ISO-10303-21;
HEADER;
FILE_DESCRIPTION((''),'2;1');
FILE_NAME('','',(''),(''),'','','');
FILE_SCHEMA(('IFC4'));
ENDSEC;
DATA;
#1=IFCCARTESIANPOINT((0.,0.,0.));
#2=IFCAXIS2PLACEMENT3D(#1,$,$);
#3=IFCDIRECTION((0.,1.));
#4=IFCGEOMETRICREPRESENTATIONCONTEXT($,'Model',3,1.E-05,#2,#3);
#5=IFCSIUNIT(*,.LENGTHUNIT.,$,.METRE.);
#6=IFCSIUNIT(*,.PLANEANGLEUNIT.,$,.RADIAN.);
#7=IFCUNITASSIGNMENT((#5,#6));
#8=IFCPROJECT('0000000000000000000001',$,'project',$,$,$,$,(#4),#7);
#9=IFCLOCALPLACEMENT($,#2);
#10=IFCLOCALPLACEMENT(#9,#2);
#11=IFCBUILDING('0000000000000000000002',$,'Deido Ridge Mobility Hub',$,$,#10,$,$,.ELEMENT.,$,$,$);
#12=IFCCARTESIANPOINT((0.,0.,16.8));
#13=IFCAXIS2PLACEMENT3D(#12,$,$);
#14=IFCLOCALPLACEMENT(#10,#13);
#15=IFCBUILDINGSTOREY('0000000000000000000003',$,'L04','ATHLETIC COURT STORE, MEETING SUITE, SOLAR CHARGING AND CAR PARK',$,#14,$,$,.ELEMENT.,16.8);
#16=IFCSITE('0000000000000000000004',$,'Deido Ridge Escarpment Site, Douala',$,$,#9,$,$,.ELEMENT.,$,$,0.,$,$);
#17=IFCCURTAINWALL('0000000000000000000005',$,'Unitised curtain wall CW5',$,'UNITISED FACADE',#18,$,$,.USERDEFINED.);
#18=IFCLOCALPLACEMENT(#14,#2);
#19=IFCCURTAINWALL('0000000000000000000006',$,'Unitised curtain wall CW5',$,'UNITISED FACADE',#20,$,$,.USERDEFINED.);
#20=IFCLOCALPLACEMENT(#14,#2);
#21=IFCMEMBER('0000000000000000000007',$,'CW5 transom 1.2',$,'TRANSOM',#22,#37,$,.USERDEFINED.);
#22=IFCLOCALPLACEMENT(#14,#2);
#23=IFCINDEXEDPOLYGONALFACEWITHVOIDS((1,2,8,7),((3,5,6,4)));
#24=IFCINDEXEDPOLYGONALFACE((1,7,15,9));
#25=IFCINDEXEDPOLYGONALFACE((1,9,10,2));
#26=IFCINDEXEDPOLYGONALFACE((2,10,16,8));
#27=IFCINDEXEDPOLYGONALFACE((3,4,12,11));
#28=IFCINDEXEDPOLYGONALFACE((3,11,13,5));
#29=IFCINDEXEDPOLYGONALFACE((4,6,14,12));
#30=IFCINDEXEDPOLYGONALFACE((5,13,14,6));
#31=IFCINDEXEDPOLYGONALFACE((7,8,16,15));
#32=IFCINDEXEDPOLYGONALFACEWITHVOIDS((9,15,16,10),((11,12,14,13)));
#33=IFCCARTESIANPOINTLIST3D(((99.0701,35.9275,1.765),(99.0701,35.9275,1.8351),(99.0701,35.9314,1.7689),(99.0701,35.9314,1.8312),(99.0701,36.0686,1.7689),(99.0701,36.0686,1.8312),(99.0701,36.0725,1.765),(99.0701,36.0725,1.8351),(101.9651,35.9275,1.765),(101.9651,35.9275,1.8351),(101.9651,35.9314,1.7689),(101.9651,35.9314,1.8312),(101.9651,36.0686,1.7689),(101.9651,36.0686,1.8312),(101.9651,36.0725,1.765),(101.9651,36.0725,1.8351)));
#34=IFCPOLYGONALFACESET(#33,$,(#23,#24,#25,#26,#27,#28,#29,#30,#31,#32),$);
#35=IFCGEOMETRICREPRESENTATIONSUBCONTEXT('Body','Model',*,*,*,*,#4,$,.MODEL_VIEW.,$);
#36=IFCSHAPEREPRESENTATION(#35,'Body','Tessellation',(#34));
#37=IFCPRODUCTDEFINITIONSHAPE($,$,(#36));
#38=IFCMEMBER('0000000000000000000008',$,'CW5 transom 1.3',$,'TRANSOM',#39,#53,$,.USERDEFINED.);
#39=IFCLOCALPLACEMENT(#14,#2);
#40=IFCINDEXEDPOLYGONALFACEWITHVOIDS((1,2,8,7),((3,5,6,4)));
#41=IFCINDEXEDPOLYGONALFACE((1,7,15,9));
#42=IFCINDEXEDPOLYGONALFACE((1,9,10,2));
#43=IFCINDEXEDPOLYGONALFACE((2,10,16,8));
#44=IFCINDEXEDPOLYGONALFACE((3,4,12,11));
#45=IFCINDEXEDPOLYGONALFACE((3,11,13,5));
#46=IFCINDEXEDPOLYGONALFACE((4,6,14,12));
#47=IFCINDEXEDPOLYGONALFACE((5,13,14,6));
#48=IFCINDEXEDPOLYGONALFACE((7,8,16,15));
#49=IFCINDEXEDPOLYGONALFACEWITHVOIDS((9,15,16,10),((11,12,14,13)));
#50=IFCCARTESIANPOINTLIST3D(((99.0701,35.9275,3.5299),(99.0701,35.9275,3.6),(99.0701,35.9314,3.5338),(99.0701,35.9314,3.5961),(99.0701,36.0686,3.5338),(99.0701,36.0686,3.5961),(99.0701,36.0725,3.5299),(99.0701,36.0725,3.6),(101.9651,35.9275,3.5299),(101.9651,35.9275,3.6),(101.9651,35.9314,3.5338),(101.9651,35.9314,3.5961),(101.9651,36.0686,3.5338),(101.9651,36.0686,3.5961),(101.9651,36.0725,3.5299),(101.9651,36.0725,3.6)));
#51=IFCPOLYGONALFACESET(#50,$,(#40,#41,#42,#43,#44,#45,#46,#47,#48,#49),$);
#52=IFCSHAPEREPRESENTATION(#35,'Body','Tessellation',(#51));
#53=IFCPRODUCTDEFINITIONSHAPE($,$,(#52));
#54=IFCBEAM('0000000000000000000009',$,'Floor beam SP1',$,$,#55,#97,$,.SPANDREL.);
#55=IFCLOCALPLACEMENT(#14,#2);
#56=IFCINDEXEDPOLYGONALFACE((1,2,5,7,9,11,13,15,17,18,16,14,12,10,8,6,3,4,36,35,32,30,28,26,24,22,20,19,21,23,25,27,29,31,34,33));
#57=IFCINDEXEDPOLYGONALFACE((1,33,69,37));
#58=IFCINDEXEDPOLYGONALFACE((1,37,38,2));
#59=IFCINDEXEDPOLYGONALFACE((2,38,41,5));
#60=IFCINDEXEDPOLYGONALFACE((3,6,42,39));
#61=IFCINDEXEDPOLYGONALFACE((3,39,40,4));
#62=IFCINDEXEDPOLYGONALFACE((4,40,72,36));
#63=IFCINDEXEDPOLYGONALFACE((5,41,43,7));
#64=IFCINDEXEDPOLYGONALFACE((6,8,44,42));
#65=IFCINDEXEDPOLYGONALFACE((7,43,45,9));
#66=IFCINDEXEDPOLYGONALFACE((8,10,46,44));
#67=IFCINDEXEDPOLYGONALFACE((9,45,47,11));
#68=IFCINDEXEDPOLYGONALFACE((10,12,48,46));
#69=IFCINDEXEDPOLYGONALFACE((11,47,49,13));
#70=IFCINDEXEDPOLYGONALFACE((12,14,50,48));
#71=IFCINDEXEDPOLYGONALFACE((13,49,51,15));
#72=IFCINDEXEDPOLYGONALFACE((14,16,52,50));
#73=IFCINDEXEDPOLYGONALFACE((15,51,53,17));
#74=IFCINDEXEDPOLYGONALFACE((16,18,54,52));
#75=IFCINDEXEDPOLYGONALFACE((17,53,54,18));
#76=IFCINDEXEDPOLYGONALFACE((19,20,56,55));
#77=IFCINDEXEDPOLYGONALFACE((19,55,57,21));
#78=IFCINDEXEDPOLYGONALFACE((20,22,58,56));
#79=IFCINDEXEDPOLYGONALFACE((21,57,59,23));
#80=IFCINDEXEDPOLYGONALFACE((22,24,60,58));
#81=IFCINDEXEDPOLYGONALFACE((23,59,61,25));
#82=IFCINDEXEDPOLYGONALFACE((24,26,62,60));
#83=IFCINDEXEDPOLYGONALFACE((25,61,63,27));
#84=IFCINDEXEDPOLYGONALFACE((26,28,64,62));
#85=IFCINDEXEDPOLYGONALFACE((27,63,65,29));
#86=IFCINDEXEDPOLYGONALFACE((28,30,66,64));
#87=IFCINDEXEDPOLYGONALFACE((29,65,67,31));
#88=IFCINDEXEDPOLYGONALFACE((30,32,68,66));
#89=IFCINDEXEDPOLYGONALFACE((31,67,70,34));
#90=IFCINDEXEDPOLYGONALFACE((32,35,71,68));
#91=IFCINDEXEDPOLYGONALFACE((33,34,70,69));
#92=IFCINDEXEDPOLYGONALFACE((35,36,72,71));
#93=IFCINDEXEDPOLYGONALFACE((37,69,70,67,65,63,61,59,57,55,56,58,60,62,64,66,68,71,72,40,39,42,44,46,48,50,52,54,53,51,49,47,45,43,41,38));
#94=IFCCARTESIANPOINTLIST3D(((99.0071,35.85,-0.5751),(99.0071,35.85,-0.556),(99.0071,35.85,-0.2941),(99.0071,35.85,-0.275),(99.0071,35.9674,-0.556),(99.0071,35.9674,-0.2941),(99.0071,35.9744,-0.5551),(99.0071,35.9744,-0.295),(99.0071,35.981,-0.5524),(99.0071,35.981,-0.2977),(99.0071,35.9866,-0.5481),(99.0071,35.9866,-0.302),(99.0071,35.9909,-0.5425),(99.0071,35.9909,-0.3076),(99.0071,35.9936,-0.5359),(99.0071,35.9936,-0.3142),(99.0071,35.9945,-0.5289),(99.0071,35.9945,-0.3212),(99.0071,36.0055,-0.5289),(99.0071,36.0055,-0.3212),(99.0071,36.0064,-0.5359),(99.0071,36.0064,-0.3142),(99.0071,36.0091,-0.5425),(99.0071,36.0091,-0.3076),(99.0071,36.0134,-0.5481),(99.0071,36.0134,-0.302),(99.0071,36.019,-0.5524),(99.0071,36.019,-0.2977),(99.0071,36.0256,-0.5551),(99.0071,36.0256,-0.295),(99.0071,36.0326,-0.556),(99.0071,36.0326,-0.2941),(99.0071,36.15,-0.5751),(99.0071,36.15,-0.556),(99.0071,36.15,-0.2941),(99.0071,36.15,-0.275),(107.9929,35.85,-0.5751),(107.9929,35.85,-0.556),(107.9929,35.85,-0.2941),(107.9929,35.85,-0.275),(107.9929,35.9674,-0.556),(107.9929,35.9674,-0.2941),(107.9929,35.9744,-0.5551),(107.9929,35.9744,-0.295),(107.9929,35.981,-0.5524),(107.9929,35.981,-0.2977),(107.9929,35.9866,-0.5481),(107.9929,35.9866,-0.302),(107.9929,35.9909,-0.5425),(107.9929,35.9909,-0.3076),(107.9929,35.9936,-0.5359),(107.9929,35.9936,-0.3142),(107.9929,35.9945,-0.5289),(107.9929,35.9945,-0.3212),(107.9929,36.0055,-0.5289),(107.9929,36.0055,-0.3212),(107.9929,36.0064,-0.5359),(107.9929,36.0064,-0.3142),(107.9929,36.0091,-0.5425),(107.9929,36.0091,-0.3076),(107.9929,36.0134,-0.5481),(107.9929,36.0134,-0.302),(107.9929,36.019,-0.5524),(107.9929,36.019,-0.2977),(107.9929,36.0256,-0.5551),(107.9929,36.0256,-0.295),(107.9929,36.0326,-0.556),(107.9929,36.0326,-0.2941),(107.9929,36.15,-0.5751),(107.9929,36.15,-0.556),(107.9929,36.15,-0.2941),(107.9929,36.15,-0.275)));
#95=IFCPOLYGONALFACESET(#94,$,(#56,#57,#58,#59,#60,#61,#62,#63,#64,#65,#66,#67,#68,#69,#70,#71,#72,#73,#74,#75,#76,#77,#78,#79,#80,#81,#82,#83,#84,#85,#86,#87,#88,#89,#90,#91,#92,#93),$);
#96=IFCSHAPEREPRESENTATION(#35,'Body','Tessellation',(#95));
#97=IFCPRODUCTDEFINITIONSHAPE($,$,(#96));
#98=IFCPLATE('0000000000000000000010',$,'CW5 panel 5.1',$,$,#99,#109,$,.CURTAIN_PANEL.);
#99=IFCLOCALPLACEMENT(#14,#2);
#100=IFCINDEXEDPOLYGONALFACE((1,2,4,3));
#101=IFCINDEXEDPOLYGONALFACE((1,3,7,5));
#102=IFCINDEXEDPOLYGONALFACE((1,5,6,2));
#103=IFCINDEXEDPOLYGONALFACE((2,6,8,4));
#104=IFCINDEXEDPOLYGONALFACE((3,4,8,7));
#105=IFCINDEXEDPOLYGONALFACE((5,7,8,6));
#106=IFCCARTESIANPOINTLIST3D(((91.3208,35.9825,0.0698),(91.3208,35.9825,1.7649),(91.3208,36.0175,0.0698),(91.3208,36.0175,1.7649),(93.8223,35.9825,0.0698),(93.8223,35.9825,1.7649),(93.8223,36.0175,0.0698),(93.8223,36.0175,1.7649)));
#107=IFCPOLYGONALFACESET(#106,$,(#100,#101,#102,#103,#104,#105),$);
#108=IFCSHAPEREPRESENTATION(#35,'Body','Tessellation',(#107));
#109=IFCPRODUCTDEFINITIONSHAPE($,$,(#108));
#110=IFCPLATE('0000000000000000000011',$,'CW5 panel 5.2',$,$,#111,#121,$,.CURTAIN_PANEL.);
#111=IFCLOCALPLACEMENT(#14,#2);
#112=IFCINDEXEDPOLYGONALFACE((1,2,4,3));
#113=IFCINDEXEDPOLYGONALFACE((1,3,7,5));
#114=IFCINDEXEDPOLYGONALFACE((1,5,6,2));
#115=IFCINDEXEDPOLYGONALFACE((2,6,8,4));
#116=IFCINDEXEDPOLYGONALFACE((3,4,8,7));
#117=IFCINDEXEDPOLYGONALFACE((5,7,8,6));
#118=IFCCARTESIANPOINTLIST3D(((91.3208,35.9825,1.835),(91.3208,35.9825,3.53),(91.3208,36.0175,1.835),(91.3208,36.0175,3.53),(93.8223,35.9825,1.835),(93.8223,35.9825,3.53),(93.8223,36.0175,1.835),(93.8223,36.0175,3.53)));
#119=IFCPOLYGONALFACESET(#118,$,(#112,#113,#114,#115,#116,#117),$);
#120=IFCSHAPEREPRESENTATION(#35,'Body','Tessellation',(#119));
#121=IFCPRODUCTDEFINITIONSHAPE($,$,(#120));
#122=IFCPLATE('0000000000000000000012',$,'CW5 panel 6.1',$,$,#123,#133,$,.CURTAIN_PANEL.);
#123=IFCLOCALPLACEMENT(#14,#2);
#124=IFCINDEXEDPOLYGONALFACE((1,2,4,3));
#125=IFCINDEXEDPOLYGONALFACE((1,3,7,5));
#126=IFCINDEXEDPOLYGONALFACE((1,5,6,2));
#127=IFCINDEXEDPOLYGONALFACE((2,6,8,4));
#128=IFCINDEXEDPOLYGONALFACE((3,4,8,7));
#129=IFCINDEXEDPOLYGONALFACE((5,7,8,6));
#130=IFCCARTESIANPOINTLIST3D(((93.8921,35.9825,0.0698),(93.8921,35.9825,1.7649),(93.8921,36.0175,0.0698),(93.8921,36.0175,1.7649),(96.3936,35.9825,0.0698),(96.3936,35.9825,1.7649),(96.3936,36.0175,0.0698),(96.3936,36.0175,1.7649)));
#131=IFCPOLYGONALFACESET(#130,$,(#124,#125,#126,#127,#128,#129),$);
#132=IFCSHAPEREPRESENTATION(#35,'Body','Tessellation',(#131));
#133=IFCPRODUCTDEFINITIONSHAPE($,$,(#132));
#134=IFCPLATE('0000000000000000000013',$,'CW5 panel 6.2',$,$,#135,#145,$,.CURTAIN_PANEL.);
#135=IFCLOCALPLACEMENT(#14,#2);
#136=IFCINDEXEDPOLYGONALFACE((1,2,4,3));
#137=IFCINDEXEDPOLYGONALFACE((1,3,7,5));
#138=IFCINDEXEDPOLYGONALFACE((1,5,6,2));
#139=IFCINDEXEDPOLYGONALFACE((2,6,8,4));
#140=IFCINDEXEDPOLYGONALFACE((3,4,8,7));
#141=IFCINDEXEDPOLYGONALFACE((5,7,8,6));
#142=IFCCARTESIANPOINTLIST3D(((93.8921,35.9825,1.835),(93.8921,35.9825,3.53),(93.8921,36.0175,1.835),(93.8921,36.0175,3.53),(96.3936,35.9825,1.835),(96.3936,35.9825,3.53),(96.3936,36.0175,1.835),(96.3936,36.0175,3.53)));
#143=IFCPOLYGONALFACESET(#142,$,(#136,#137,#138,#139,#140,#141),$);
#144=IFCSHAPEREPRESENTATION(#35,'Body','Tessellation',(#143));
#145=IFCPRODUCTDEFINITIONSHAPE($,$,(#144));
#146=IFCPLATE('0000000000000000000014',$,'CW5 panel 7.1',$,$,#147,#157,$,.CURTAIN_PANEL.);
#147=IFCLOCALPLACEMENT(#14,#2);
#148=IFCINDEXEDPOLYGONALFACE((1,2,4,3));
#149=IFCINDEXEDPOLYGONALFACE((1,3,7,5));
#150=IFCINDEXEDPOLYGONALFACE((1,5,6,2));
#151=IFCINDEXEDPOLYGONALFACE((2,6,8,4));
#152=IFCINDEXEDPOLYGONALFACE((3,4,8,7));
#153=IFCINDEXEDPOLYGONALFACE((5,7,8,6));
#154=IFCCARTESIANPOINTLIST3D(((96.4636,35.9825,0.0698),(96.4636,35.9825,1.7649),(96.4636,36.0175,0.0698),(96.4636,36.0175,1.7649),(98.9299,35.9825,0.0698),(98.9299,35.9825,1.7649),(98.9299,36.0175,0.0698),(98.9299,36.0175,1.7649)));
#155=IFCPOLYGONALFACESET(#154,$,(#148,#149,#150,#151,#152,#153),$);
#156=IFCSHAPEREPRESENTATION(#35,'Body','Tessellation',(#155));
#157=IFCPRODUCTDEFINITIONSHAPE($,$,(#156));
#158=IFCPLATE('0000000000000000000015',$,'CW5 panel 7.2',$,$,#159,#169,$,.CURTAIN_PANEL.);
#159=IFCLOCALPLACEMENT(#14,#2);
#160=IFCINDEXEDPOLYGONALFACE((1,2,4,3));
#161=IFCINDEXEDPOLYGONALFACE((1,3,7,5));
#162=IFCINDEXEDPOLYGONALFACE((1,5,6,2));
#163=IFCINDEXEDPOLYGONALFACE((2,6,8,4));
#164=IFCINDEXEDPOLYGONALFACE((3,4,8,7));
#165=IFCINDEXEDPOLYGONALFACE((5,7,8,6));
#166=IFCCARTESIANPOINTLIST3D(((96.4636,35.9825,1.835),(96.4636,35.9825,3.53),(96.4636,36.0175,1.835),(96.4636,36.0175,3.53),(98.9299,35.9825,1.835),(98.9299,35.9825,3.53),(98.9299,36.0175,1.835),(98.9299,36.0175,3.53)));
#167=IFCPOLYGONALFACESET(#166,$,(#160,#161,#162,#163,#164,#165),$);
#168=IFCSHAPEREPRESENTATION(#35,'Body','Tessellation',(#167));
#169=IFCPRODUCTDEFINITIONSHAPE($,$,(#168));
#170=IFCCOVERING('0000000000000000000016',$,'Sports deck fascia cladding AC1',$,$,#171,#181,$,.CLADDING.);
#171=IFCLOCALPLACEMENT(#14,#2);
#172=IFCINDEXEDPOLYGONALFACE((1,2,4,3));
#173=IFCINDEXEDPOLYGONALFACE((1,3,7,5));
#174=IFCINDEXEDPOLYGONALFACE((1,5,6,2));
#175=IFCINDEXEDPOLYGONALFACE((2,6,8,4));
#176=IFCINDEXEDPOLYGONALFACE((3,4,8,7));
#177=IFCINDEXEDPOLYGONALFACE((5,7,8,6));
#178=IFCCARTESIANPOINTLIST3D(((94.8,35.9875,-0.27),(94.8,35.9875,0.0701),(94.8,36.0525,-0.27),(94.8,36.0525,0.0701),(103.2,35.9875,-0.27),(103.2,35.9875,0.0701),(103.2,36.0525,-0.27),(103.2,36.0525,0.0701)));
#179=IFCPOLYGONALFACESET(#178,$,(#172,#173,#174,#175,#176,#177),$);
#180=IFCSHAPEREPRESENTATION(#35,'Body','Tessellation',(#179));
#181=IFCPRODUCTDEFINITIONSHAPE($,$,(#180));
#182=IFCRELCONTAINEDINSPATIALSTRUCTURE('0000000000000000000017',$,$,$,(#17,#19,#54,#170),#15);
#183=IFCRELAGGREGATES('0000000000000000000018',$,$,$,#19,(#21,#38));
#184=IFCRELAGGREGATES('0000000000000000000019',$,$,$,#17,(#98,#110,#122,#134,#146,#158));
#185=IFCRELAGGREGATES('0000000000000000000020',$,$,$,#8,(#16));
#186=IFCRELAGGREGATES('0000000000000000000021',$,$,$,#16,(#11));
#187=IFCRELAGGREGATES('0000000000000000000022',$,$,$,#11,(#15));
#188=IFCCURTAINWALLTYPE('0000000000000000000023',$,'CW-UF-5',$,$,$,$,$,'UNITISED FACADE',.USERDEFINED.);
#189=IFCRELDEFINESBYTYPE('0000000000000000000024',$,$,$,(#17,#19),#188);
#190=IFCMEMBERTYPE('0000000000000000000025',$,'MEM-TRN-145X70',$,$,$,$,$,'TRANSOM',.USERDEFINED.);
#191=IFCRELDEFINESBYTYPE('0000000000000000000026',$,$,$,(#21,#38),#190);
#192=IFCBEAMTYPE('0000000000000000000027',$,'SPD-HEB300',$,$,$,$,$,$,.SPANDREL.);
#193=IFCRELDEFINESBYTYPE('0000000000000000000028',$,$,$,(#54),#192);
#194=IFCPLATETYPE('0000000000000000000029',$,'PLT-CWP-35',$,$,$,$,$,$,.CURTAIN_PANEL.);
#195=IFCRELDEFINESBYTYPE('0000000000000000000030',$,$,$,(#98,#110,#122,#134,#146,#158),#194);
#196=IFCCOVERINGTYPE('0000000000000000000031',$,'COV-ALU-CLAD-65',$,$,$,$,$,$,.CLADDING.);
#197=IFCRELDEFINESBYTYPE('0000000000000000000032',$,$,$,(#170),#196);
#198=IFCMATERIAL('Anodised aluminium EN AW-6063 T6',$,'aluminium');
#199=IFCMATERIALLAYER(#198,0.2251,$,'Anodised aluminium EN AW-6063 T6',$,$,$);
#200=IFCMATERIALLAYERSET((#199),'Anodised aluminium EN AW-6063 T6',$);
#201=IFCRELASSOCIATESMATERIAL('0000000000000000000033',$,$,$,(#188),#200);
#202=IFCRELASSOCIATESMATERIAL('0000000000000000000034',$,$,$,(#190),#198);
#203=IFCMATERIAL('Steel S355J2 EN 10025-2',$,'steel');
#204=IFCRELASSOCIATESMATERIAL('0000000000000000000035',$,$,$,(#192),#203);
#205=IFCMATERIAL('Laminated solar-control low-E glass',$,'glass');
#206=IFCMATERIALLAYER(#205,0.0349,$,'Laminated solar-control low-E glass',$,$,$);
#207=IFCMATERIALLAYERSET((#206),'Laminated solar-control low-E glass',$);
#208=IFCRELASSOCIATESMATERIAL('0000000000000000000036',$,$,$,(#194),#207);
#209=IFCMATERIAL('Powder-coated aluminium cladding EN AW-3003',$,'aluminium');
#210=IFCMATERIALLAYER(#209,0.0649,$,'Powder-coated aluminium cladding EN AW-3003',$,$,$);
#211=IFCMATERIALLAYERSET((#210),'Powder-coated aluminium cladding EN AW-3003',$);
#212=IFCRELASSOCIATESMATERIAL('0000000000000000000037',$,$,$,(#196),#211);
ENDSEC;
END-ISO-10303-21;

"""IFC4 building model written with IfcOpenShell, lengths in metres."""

from ifc_helpers import new_model, si_unit, direction, frame, origin, origin_2d, place, context, subcontext, project, spatial, rectangle, hollow_rectangle, i_section, extrude, material, layer, layer_set, material_profile, profile_set, type_object, element, aggregate, save


model = new_model("IFC4")

# Units and contexts
model_context = context("Model", 3, precision=1e-05, world=origin(), true_north=direction((0.0, 1.0)))
body_context = subcontext(model_context, "Body", "Model", "MODEL_VIEW")
ifc_project = project(units=[si_unit("LENGTHUNIT", "METRE"), si_unit("PLANEANGLEUNIT", "RADIAN")], contexts=[model_context])

# Site, building, storey
site_placement = place(None, origin())
site = spatial("IfcSite", under=ifc_project, at=site_placement, Name="Deido Ridge Escarpment Site, Douala", CompositionType="ELEMENT", RefElevation=0.0)
building_placement = place(site_placement, origin())
building = spatial("IfcBuilding", under=site, at=building_placement, Name="Deido Ridge Mobility Hub", CompositionType="ELEMENT")
storey_placement = place(building_placement, frame((0.0, 0.0, 16.8)))
storey = spatial("IfcBuildingStorey", under=building, at=storey_placement, Name="L04", Description="ATHLETIC COURT STORE, MEETING SUITE, SOLAR CHARGING AND CAR PARK", CompositionType="ELEMENT", Elevation=16.8)

# Shared definitions
ifc_material_1 = material(Name="Steel S355J2 EN 10025-2", Category="steel")

# Curtain wall
ifc_material_2 = material(Name="Anodised aluminium EN AW-6063 T6", Category="aluminium")
ifc_layer_1 = layer(ifc_material_2, 0.2251, Name="Anodised aluminium EN AW-6063 T6")
ifc_layer_set_1 = layer_set([ifc_layer_1], Name="Anodised aluminium EN AW-6063 T6")
curtain_wall_type = type_object("IfcCurtainWallType", Name="CW-UF-5", ElementType="UNITISED FACADE", PredefinedType="USERDEFINED", material=ifc_layer_set_1)
curtain_wall_1_placement = place(storey_placement, origin())
curtain_wall_1 = element("IfcCurtainWall", 1, at=curtain_wall_1_placement, inside=storey, type_object=curtain_wall_type, Name="Unitised curtain wall CW5", ObjectType="UNITISED FACADE", PredefinedType="USERDEFINED")

# Curtain wall
curtain_wall_2_placement = place(storey_placement, origin())
curtain_wall_2 = element("IfcCurtainWall", 2, at=curtain_wall_2_placement, inside=storey, type_object=curtain_wall_type, Name="Unitised curtain wall CW5", ObjectType="UNITISED FACADE", PredefinedType="USERDEFINED")

# Members
ifc_material_profile_1 = material_profile(ifc_material_2, hollow_rectangle(XDim=0.145, YDim=0.0701, WallThickness=0.0039, at=origin_2d()), Name="RHS 145x70x4")
ifc_profile_set_1 = profile_set([ifc_material_profile_1], Name="Anodised aluminium EN AW-6063 T6")
member_type_1 = type_object("IfcMemberType", Name="MEM-TRN-145X70", ElementType="TRANSOM", PredefinedType="USERDEFINED", material=ifc_profile_set_1)
member_1_placement = place(storey_placement, frame((99.0701, 36.0, 1.8), z_axis=(1.0, 0.0, 0.0), x_axis=(0.0, 1.0, 0.0)))
member_1 = element("IfcMember", 3, at=member_1_placement, type_object=member_type_1, Name="CW5 transom 1.2", ObjectType="TRANSOM", PredefinedType="USERDEFINED", context=body_context, shape_type="SweptSolid", body=[
    extrude(hollow_rectangle(XDim=0.145, YDim=0.0701, WallThickness=0.0039, at=origin_2d()), origin(), (0.0, 0.0, 1.0), 2.895),
])
member_2_placement = place(storey_placement, frame((99.0701, 36.0, 3.5649), z_axis=(1.0, 0.0, 0.0), x_axis=(0.0, 1.0, 0.0)))
member_2 = element("IfcMember", 4, at=member_2_placement, type_object=member_type_1, Name="CW5 transom 1.3", ObjectType="TRANSOM", PredefinedType="USERDEFINED", context=body_context, shape_type="SweptSolid", body=[
    extrude(hollow_rectangle(XDim=0.145, YDim=0.0701, WallThickness=0.0039, at=origin_2d()), origin(), (0.0, 0.0, 1.0), 2.895),
])
aggregate(curtain_wall_2, [member_1, member_2])

# Beam
ifc_material_profile_2 = material_profile(ifc_material_1, i_section(OverallWidth=0.3, OverallDepth=0.3, WebThickness=0.011, FlangeThickness=0.019, FilletRadius=0.0271, at=origin_2d()), Name="HEB 300")
ifc_profile_set_2 = profile_set([ifc_material_profile_2], Name="Steel S355J2 EN 10025-2")
beam_type_1 = type_object("IfcBeamType", Name="SPD-HEB300", PredefinedType="SPANDREL", material=ifc_profile_set_2)
beam_placement = place(storey_placement, frame((99.0071, 36.0, -0.425), z_axis=(1.0, 0.0, 0.0), x_axis=(0.0, 1.0, 0.0)))
element("IfcBeam", 5, at=beam_placement, inside=storey, type_object=beam_type_1, Name="Floor beam SP1", PredefinedType="SPANDREL", context=body_context, shape_type="SweptSolid", body=[
    extrude(i_section(OverallWidth=0.3, OverallDepth=0.3, WebThickness=0.011, FlangeThickness=0.019, FilletRadius=0.0271, at=origin_2d()), origin(), (0.0, 0.0, 1.0), 8.9858),
])

# Plates
ifc_material_3 = material(Name="Laminated solar-control low-E glass", Category="glass")
ifc_layer_2 = layer(ifc_material_3, 0.0349, Name="Laminated solar-control low-E glass")
ifc_layer_set_2 = layer_set([ifc_layer_2], Name="Laminated solar-control low-E glass")
plate_type = type_object("IfcPlateType", Name="PLT-CWP-35", PredefinedType="CURTAIN_PANEL", material=ifc_layer_set_2)
plate_1_placement = place(storey_placement, frame((92.5715, 36.0, 0.0698), z_axis=(0.0, 0.0, 1.0), x_axis=(1.0, 0.0, 0.0)))
plate_1 = element("IfcPlate", 6, at=plate_1_placement, type_object=plate_type, Name="CW5 panel 5.1", PredefinedType="CURTAIN_PANEL", context=body_context, shape_type="SweptSolid", body=[
    extrude(rectangle(XDim=2.5015, YDim=0.0349, at=origin_2d()), origin(), (0.0, 0.0, 1.0), 1.6951),
])
plate_2_placement = place(storey_placement, frame((92.5715, 36.0, 1.835), z_axis=(0.0, 0.0, 1.0), x_axis=(1.0, 0.0, 0.0)))
plate_2 = element("IfcPlate", 7, at=plate_2_placement, type_object=plate_type, Name="CW5 panel 5.2", PredefinedType="CURTAIN_PANEL", context=body_context, shape_type="SweptSolid", body=[
    extrude(rectangle(XDim=2.5015, YDim=0.0349, at=origin_2d()), origin(), (0.0, 0.0, 1.0), 1.6951),
])
plate_3_placement = place(storey_placement, frame((95.1428, 36.0, 0.0698), z_axis=(0.0, 0.0, 1.0), x_axis=(1.0, 0.0, 0.0)))
plate_3 = element("IfcPlate", 8, at=plate_3_placement, type_object=plate_type, Name="CW5 panel 6.1", PredefinedType="CURTAIN_PANEL", context=body_context, shape_type="SweptSolid", body=[
    extrude(rectangle(XDim=2.5015, YDim=0.0349, at=origin_2d()), origin(), (0.0, 0.0, 1.0), 1.6951),
])
plate_4_placement = place(storey_placement, frame((95.1428, 36.0, 1.835), z_axis=(0.0, 0.0, 1.0), x_axis=(1.0, 0.0, 0.0)))
plate_4 = element("IfcPlate", 9, at=plate_4_placement, type_object=plate_type, Name="CW5 panel 6.2", PredefinedType="CURTAIN_PANEL", context=body_context, shape_type="SweptSolid", body=[
    extrude(rectangle(XDim=2.5015, YDim=0.0349, at=origin_2d()), origin(), (0.0, 0.0, 1.0), 1.6951),
])
plate_5_placement = place(storey_placement, frame((97.6968, 36.0, 0.0698), z_axis=(0.0, 0.0, 1.0), x_axis=(1.0, 0.0, 0.0)))
plate_5 = element("IfcPlate", 10, at=plate_5_placement, type_object=plate_type, Name="CW5 panel 7.1", PredefinedType="CURTAIN_PANEL", context=body_context, shape_type="SweptSolid", body=[
    extrude(rectangle(XDim=2.4663, YDim=0.0349, at=origin_2d()), origin(), (0.0, 0.0, 1.0), 1.6951),
])
plate_6_placement = place(storey_placement, frame((97.6968, 36.0, 1.835), z_axis=(0.0, 0.0, 1.0), x_axis=(1.0, 0.0, 0.0)))
plate_6 = element("IfcPlate", 11, at=plate_6_placement, type_object=plate_type, Name="CW5 panel 7.2", PredefinedType="CURTAIN_PANEL", context=body_context, shape_type="SweptSolid", body=[
    extrude(rectangle(XDim=2.4663, YDim=0.0349, at=origin_2d()), origin(), (0.0, 0.0, 1.0), 1.6951),
])
aggregate(curtain_wall_1, [plate_1, plate_2, plate_3, plate_4, plate_5, plate_6])

# Covering
ifc_material_4 = material(Name="Powder-coated aluminium cladding EN AW-3003", Category="aluminium")
ifc_layer_3 = layer(ifc_material_4, 0.0649, Name="Powder-coated aluminium cladding EN AW-3003")
ifc_layer_set_3 = layer_set([ifc_layer_3], Name="Powder-coated aluminium cladding EN AW-3003")
covering_type = type_object("IfcCoveringType", Name="COV-ALU-CLAD-65", PredefinedType="CLADDING", material=ifc_layer_set_3)
covering_placement = place(storey_placement, frame((99.0, 36.02, -0.27), z_axis=(0.0, 0.0, 1.0), x_axis=(1.0, 0.0, 0.0)))
element("IfcCovering", 12, at=covering_placement, inside=storey, type_object=covering_type, Name="Sports deck fascia cladding AC1", PredefinedType="CLADDING", context=body_context, shape_type="SweptSolid", body=[
    extrude(rectangle(XDim=8.3999, YDim=0.0649, at=origin_2d()), origin(), (0.0, 0.0, 1.0), 0.3401),
])

save(model, "model.ifc")
